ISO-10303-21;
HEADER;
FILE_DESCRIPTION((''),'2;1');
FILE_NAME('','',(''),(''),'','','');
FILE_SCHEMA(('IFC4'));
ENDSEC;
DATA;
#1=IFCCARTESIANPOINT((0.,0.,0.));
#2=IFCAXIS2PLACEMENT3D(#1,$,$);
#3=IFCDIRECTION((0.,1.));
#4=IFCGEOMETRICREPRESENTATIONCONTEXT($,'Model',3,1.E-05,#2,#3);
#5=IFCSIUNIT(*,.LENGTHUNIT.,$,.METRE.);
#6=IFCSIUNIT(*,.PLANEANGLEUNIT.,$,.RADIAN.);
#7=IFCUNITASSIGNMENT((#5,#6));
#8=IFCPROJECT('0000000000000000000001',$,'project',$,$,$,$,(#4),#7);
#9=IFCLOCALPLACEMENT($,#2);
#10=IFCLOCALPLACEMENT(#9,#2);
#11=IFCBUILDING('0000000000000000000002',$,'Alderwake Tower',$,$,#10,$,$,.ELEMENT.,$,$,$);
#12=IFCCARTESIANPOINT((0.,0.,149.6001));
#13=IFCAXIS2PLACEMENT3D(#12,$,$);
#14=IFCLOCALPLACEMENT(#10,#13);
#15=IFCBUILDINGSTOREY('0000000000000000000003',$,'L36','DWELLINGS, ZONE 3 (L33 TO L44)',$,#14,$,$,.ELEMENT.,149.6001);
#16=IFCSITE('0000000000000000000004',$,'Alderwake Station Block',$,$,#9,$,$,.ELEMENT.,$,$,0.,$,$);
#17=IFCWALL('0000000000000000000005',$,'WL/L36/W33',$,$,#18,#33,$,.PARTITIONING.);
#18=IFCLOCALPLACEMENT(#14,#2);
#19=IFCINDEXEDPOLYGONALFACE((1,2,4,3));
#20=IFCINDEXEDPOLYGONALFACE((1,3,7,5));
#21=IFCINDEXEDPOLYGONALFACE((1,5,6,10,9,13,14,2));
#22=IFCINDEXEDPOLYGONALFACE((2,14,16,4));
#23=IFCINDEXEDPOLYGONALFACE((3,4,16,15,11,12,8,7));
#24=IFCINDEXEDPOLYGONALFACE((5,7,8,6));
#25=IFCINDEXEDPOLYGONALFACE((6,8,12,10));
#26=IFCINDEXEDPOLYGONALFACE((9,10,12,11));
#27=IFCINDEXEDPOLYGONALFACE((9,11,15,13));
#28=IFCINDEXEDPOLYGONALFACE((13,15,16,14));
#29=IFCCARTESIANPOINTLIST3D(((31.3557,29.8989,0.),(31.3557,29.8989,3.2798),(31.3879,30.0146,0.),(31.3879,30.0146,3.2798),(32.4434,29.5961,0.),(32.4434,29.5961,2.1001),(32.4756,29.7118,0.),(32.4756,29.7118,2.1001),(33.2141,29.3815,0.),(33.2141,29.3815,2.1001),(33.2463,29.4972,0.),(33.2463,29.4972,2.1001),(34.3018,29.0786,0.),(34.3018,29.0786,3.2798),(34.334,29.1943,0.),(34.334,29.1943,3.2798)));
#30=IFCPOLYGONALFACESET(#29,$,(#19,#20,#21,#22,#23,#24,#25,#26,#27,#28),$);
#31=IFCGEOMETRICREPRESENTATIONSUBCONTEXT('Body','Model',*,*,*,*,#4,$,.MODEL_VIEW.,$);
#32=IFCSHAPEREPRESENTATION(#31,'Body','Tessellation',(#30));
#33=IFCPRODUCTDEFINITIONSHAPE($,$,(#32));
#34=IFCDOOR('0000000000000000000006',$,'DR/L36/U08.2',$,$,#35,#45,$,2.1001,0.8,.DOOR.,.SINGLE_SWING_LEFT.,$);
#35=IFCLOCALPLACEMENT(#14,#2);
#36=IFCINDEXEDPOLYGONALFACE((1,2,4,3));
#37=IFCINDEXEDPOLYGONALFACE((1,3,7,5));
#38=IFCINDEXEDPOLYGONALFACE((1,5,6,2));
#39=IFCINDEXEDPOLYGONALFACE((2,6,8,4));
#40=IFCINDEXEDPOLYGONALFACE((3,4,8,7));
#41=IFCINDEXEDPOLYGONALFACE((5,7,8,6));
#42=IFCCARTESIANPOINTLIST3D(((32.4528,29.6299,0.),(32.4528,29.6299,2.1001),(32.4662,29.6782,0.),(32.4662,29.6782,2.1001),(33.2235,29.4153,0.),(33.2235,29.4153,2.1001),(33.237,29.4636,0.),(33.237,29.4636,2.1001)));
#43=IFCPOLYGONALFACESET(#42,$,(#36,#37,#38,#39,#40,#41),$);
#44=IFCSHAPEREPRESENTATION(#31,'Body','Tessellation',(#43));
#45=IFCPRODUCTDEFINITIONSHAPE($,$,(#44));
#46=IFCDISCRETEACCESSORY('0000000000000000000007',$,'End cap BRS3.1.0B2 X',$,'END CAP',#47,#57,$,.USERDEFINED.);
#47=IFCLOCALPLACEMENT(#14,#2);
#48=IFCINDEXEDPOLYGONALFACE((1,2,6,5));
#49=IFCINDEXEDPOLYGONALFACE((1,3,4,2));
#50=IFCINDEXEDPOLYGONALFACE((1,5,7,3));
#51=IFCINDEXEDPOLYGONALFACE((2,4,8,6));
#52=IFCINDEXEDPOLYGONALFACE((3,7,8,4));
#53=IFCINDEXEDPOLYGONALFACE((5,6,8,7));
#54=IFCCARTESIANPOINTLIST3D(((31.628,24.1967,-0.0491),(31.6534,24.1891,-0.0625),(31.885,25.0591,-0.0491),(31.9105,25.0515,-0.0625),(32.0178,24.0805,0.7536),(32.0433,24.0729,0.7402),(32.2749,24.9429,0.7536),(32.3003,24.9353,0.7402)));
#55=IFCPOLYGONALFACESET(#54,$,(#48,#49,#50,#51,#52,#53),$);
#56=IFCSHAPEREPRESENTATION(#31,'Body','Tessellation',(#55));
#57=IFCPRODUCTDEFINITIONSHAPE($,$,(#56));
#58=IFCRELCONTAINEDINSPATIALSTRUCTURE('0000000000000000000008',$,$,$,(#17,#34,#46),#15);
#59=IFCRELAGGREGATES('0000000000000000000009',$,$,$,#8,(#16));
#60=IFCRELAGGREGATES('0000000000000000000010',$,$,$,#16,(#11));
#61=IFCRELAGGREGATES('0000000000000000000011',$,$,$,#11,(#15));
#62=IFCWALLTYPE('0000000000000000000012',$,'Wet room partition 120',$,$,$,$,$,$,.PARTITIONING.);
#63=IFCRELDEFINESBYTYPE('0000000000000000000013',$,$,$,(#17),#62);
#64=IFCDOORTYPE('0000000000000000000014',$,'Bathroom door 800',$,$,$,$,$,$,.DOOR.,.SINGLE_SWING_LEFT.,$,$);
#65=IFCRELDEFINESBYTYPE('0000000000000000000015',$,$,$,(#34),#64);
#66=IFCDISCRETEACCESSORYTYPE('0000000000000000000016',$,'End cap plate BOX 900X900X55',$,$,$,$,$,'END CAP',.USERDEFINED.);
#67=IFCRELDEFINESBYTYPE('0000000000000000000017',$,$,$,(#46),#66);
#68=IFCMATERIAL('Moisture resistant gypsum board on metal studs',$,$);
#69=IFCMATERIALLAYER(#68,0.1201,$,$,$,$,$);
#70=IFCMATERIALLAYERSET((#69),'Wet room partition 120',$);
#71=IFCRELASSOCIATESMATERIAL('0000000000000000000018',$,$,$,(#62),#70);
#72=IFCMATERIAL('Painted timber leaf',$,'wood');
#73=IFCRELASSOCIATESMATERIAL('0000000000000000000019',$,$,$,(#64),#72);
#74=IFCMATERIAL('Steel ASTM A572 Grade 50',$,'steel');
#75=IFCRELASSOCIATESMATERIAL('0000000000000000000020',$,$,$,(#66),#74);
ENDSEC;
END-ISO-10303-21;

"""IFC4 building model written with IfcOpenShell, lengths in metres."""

from ifc_helpers import new_model, si_unit, direction, frame, frame_2d, origin, origin_2d, place, context, subcontext, project, spatial, rectangle, extrude, material, layer, layer_set, material_profile, profile_set, type_object, element, fill, save


model = new_model("IFC4")

# Units and contexts
model_context = context("Model", 3, precision=1e-05, world=origin(), true_north=direction((0.0, 1.0)))
body_context = subcontext(model_context, "Body", "Model", "MODEL_VIEW")
ifc_project = project(units=[si_unit("LENGTHUNIT", "METRE"), si_unit("PLANEANGLEUNIT", "RADIAN")], contexts=[model_context])

# Site, building, storey
site_placement = place(None, origin())
site = spatial("IfcSite", under=ifc_project, at=site_placement, Name="Alderwake Station Block", CompositionType="ELEMENT", RefElevation=0.0)
building_placement = place(site_placement, origin())
building = spatial("IfcBuilding", under=site, at=building_placement, Name="Alderwake Tower", CompositionType="ELEMENT")
storey_placement = place(building_placement, frame((0.0, 0.0, 149.6001)))
storey = spatial("IfcBuildingStorey", under=building, at=storey_placement, Name="L36", Description="DWELLINGS, ZONE 3 (L33 TO L44)", CompositionType="ELEMENT", Elevation=149.6001)

# Shared definitions
ifc_material_1 = material(Name="Moisture resistant gypsum board on metal studs")
ifc_layer_1 = layer(ifc_material_1, 0.1201)
ifc_layer_set_1 = layer_set([ifc_layer_1], Name="Wet room partition 120")
wall_type_1 = type_object("IfcWallType", Name="Wet room partition 120", PredefinedType="PARTITIONING", material=ifc_layer_set_1)

# Wall, opening, door
wall_1_placement = place(storey_placement, frame((34.3179, 29.1365, 0.0), z_axis=(0.0, 0.0, 1.0), x_axis=(-0.963352, 0.268241, 0.0)))
wall_1 = element("IfcWall", 1, at=wall_1_placement, inside=storey, type_object=wall_type_1, Name="WL/L36/W33", PredefinedType="PARTITIONING", context=body_context, shape_type="SweptSolid", body=[
    extrude(rectangle(XDim=3.0581, YDim=0.1201, at=frame_2d((1.5291, 0.0))), origin(), (0.0, 0.0, 1.0), 3.2798),
])
opening_1_placement = place(wall_1_placement, frame((1.1292, 0.0, 0.0)))
opening_1 = element("IfcOpeningElement", 2, at=opening_1_placement, cuts=wall_1, PredefinedType="OPENING", context=body_context, shape_type="SweptSolid", body=[
    extrude(rectangle(XDim=0.8, YDim=2.1001, at=frame_2d((0.3999, 1.05))), frame((0.0, 0.0701, 0.0), z_axis=(0.0, -1.0, 0.0), x_axis=(1.0, 0.0, 0.0)), (0.0, 0.0, 1.0), 0.1401),
])
ifc_material_2 = material(Name="Painted timber leaf", Category="wood")
door_type_1 = type_object("IfcDoorType", Name="Bathroom door 800", OperationType="SINGLE_SWING_LEFT", PredefinedType="DOOR", material=ifc_material_2)
door_1_placement = place(opening_1_placement, origin())
door_1 = element("IfcDoor", 3, at=door_1_placement, inside=storey, type_object=door_type_1, Name="DR/L36/U08.2", OperationType="SINGLE_SWING_LEFT", OverallHeight=2.1001, OverallWidth=0.8, PredefinedType="DOOR", context=body_context, shape_type="SweptSolid", body=[
    extrude(rectangle(XDim=0.8, YDim=2.1001, at=frame_2d((0.3999, 1.05))), frame((0.0, 0.0249, 0.0), z_axis=(0.0, -1.0, 0.0), x_axis=(1.0, 0.0, 0.0)), (0.0, 0.0, 1.0), 0.05),
])
fill(opening_1, door_1)

# Discrete accessory
ifc_material_3 = material(Name="Steel ASTM A572 Grade 50", Category="steel")
ifc_material_profile_1 = material_profile(ifc_material_3, rectangle(XDim=0.8999, YDim=0.8999, at=origin_2d()), Name="BOX 900X900X55 cap")
ifc_profile_set_1 = profile_set([ifc_material_profile_1], Name="Steel ASTM A572 Grade 50")
discrete_accessory_type = type_object("IfcDiscreteAccessoryType", Name="End cap plate BOX 900X900X55", ElementType="END CAP", PredefinedType="USERDEFINED", material=ifc_profile_set_1)
discrete_accessory_placement = place(storey_placement, frame((31.9514, 24.5698, 0.3523), z_axis=(0.854817, -0.254801, -0.452067), x_axis=(0.285657, 0.958332, 0.0)))
element("IfcDiscreteAccessory", 4, at=discrete_accessory_placement, inside=storey, type_object=discrete_accessory_type, Name="End cap BRS3.1.0B2 X", ObjectType="END CAP", PredefinedType="USERDEFINED", context=body_context, shape_type="SweptSolid", body=[
    extrude(rectangle(XDim=0.8999, YDim=0.8999, at=origin_2d()), origin(), (0.0, 0.0, 1.0), 0.0298),
])

save(model, "model.ifc")
